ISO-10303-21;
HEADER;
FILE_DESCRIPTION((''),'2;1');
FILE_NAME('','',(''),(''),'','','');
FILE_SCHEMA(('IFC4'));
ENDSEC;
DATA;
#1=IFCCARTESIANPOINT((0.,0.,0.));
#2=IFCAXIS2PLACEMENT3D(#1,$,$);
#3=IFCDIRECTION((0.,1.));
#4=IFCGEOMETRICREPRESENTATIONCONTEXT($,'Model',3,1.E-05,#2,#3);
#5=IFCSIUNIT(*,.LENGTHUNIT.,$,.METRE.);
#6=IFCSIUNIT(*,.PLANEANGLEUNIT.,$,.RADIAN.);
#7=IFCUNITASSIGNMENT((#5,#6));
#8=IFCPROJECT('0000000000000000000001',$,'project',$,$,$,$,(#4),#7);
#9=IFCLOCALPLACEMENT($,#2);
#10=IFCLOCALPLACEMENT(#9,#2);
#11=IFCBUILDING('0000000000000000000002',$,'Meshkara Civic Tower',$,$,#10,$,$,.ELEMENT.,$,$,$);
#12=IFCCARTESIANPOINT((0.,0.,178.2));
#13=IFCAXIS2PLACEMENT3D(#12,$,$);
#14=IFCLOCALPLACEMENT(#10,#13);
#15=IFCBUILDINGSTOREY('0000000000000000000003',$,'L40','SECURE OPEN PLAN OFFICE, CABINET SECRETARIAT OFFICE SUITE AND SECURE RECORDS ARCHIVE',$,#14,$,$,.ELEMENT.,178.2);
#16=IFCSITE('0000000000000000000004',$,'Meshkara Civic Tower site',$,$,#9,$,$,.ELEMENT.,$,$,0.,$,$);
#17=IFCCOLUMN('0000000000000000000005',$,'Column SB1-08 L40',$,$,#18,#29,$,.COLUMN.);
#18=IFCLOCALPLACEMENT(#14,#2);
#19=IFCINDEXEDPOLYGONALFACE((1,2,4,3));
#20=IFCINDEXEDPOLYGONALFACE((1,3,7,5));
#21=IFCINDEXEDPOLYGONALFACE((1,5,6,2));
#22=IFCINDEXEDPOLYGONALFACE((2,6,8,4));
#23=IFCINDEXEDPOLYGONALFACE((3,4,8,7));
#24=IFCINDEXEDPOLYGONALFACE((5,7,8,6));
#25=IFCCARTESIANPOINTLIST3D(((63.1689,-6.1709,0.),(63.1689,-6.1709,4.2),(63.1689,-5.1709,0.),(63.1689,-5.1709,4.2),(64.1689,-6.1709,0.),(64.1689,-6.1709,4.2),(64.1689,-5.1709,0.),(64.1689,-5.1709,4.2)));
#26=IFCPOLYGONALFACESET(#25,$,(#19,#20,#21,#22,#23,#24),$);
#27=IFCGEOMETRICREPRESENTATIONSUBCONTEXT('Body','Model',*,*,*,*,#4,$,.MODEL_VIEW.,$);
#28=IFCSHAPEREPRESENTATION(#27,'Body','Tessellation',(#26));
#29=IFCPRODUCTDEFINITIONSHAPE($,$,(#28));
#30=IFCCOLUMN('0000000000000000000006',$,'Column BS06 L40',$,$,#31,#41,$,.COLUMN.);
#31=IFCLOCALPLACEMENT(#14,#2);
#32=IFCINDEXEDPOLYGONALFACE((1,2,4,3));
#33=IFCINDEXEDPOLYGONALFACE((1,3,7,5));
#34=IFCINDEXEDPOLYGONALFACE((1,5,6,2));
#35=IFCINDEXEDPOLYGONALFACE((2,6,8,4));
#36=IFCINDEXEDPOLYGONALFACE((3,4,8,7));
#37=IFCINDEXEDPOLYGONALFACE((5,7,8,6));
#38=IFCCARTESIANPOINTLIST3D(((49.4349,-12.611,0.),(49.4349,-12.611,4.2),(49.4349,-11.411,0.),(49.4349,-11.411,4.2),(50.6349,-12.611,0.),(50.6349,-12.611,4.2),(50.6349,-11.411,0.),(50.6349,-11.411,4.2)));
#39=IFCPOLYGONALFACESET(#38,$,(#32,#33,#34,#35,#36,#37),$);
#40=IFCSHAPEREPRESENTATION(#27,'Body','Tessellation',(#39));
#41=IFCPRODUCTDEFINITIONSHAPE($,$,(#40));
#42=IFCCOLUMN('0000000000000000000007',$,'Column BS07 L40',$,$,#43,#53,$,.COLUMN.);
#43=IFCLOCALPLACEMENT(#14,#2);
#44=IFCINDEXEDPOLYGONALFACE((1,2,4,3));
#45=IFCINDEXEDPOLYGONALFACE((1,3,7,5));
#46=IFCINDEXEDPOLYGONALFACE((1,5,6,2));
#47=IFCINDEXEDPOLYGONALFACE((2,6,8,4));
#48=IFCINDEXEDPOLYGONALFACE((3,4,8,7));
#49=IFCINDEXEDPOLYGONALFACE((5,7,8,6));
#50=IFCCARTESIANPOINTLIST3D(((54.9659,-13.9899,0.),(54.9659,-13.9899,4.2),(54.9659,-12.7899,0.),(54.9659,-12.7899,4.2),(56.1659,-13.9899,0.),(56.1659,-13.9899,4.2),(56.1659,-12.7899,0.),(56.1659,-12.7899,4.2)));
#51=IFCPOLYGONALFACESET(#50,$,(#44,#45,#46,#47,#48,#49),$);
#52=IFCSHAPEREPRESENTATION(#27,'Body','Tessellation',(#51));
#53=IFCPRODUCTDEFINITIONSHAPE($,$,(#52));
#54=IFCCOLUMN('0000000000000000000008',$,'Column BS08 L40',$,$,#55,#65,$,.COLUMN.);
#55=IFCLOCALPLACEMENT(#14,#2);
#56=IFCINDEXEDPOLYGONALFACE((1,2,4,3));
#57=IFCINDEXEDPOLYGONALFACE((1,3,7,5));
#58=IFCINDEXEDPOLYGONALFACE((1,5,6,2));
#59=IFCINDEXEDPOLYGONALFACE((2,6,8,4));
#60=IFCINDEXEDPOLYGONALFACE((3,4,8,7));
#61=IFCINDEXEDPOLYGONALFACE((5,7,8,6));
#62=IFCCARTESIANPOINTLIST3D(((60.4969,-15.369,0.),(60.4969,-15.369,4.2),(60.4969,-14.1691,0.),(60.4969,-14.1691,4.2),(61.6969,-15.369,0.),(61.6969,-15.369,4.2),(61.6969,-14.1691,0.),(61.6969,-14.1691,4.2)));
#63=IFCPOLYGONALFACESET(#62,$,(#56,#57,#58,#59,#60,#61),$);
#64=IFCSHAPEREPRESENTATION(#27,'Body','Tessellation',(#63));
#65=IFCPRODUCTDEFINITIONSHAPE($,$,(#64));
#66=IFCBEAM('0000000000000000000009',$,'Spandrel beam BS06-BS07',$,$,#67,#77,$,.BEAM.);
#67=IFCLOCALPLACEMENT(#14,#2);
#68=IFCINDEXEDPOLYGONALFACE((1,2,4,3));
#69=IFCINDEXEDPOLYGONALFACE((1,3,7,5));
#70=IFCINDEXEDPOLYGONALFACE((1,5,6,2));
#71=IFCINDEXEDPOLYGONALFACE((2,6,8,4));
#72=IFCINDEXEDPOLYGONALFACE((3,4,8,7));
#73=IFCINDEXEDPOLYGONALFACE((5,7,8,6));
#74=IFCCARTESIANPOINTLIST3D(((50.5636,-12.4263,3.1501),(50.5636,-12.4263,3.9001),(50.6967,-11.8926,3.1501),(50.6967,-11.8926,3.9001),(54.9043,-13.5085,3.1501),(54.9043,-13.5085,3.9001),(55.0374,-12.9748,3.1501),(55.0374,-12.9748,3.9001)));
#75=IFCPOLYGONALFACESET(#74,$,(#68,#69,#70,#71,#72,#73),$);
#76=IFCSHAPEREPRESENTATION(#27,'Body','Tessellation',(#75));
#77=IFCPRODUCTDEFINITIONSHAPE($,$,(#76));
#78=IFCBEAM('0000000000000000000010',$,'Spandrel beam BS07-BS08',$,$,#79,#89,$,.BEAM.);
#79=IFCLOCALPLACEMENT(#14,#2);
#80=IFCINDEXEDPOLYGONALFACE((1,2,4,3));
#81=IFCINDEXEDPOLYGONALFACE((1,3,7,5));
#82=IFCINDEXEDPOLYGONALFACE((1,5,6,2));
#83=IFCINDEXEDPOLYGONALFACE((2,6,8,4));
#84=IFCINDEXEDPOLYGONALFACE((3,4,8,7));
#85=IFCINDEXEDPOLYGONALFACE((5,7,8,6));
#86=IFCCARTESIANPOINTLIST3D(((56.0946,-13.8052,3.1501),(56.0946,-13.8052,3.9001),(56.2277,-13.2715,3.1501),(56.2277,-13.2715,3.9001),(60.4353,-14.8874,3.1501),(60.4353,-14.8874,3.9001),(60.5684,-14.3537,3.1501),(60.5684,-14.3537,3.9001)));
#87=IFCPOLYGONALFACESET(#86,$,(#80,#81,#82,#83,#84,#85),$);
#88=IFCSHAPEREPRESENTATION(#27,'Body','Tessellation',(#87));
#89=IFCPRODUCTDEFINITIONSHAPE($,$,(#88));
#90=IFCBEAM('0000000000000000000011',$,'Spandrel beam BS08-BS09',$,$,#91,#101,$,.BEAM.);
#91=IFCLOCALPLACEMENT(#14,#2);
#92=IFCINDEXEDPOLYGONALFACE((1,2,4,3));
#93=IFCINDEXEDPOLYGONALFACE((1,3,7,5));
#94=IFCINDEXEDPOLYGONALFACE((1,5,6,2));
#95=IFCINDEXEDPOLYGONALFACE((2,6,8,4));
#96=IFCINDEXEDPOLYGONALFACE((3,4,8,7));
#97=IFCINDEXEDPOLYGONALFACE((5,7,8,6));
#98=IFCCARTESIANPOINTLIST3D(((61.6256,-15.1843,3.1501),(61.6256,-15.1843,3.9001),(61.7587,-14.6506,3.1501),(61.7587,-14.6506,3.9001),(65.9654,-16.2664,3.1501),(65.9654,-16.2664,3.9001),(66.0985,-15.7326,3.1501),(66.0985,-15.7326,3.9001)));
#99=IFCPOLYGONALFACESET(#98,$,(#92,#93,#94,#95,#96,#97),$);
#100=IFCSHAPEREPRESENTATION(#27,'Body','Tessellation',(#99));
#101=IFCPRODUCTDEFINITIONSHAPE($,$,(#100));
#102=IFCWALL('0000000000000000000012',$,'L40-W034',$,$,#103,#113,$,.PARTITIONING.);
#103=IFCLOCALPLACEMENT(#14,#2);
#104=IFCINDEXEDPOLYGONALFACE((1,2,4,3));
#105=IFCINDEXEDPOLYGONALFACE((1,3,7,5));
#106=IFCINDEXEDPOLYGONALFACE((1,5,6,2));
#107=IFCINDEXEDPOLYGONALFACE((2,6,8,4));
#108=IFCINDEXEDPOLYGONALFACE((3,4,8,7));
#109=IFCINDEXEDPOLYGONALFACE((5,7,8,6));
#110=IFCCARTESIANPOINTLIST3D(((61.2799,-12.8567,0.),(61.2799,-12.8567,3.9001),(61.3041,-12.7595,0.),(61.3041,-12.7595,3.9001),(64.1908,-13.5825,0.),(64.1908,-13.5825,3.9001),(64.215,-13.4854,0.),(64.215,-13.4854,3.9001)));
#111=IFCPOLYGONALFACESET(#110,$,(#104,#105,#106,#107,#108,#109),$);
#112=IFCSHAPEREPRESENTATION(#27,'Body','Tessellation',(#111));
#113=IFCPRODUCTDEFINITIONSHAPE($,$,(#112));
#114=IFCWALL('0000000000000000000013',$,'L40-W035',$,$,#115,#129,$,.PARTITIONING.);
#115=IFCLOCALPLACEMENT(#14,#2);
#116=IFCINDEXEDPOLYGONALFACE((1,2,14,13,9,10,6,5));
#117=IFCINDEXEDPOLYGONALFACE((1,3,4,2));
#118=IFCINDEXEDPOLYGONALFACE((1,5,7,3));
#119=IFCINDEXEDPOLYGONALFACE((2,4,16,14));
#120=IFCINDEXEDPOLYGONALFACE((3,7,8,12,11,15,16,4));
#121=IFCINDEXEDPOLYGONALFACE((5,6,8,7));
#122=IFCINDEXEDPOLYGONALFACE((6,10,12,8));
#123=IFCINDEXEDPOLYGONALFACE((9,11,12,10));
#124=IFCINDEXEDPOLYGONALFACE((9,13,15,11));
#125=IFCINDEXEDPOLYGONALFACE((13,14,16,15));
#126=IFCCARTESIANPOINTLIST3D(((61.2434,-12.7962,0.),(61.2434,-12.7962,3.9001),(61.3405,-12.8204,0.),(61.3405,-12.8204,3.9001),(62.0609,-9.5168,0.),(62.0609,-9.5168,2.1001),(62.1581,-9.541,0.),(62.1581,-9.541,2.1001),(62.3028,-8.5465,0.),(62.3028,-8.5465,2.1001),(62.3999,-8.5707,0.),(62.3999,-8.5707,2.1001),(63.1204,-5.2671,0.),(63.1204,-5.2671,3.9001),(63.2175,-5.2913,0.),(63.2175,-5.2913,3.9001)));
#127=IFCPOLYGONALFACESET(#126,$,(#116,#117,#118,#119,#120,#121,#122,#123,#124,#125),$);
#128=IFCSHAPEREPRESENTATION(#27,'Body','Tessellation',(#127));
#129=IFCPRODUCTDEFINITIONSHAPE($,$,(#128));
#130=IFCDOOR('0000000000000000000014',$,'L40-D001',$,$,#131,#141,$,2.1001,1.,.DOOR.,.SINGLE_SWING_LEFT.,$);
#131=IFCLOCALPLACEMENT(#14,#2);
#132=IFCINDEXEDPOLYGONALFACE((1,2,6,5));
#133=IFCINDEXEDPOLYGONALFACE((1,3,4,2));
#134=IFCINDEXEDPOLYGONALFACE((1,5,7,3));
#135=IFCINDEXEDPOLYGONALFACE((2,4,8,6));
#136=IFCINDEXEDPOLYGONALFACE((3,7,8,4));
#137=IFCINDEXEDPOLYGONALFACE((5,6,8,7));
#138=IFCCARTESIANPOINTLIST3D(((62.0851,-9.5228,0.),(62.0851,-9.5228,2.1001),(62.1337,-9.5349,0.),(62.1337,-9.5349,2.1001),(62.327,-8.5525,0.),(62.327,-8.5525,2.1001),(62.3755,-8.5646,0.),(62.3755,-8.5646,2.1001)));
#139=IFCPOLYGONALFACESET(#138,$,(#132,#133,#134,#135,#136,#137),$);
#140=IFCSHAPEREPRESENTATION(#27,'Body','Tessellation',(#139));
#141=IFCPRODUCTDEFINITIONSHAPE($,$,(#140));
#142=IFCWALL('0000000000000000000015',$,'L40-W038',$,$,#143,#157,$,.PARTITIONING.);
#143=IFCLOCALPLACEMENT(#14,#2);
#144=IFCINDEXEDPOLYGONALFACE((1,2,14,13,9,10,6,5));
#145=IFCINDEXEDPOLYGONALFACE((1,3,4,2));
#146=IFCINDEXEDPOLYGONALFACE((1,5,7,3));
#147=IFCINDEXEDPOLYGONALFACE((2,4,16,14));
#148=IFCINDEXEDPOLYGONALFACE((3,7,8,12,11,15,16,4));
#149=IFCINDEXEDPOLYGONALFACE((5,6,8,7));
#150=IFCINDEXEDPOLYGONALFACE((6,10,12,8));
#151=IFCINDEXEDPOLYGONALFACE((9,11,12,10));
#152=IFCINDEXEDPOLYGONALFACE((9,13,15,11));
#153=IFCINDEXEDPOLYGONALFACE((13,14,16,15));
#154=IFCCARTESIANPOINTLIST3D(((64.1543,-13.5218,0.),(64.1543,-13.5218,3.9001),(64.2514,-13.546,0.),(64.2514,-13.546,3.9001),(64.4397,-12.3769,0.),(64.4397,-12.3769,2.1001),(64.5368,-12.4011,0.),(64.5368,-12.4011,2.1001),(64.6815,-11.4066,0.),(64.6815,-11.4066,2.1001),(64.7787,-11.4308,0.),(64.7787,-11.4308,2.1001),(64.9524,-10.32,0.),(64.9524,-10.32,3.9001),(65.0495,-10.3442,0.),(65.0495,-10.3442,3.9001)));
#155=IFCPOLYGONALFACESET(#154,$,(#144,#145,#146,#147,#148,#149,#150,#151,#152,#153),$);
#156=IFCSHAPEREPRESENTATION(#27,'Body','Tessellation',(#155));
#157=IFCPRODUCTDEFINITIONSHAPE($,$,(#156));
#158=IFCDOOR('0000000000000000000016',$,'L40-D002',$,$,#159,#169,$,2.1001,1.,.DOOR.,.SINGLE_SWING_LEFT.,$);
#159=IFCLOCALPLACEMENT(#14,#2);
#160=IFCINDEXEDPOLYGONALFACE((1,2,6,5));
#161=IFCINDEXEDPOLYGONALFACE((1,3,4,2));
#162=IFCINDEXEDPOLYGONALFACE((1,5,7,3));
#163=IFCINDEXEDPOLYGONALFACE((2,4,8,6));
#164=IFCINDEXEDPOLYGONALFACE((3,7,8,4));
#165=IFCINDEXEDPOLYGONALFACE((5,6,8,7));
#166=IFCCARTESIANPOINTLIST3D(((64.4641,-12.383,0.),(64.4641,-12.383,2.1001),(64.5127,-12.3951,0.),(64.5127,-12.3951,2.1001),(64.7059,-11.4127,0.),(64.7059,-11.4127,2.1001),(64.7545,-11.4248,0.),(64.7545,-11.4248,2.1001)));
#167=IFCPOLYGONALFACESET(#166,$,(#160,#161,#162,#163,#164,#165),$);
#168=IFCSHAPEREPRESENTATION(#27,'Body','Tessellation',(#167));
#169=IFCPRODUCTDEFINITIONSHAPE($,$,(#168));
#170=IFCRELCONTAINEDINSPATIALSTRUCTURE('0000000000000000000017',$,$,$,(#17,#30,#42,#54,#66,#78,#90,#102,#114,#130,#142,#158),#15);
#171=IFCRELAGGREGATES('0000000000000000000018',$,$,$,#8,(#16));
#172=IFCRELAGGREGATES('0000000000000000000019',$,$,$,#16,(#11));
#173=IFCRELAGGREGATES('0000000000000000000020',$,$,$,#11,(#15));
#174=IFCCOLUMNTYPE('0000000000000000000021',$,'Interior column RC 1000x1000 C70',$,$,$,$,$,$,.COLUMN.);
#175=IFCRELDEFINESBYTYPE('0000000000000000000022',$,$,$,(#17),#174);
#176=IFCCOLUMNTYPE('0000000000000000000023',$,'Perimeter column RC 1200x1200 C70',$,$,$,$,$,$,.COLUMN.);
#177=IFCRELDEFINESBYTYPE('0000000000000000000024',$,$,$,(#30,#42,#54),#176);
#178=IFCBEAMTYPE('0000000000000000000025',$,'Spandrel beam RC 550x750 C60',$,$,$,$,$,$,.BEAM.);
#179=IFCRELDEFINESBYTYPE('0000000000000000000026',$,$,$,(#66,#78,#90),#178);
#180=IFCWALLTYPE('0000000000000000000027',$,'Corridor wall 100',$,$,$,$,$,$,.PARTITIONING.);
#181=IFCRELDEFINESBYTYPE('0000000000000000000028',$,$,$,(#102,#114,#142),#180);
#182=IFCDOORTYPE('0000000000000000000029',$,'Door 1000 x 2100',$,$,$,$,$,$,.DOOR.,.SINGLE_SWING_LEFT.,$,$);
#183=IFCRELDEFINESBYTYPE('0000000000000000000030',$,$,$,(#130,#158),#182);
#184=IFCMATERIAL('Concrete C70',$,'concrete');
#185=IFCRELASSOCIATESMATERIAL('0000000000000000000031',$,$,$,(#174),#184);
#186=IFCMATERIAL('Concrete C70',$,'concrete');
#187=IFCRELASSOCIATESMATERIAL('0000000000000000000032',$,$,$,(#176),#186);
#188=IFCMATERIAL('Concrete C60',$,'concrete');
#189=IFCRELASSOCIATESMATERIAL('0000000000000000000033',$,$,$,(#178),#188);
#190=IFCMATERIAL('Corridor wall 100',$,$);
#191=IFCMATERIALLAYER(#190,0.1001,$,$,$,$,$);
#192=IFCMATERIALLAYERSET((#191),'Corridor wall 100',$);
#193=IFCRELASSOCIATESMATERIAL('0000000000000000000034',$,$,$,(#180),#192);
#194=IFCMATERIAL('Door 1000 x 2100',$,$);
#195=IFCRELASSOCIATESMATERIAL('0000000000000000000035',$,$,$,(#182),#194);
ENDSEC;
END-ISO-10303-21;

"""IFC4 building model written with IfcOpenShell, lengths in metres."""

from ifc_helpers import new_model, si_unit, direction, frame, frame_2d, origin, origin_2d, place, context, subcontext, project, spatial, rectangle, extrude, material, layer, layer_set, material_profile, profile_set, type_object, element, fill, save


model = new_model("IFC4")

# Units and contexts
model_context = context("Model", 3, precision=1e-05, world=origin(), true_north=direction((0.0, 1.0)))
body_context = subcontext(model_context, "Body", "Model", "MODEL_VIEW")
ifc_project = project(units=[si_unit("LENGTHUNIT", "METRE"), si_unit("PLANEANGLEUNIT", "RADIAN")], contexts=[model_context])

# Site, building, storey
site_placement = place(None, origin())
site = spatial("IfcSite", under=ifc_project, at=site_placement, Name="Meshkara Civic Tower site", CompositionType="ELEMENT", RefElevation=0.0)
building_placement = place(site_placement, origin())
building = spatial("IfcBuilding", under=site, at=building_placement, Name="Meshkara Civic Tower", CompositionType="ELEMENT")
storey_placement = place(building_placement, frame((0.0, 0.0, 178.2)))
storey = spatial("IfcBuildingStorey", under=building, at=storey_placement, Name="L40", Description="SECURE OPEN PLAN OFFICE, CABINET SECRETARIAT OFFICE SUITE AND SECURE RECORDS ARCHIVE", CompositionType="ELEMENT", Elevation=178.2)

# Columns
ifc_material_1 = material(Name="Concrete C70", Category="concrete")
ifc_material_profile_1 = material_profile(ifc_material_1, rectangle(XDim=1.0, YDim=1.0, at=origin_2d()))
ifc_profile_set_1 = profile_set([ifc_material_profile_1], Name="Concrete C70")
column_type_1 = type_object("IfcColumnType", Name="Interior column RC 1000x1000 C70", PredefinedType="COLUMN", material=ifc_profile_set_1)
column_placement = place(storey_placement, frame((63.6689, -5.6709, 0.0), z_axis=(0.0, 0.0, 1.0), x_axis=(1.0, 0.0, 0.0)))
element("IfcColumn", 1, at=column_placement, inside=storey, type_object=column_type_1, Name="Column SB1-08 L40", PredefinedType="COLUMN", context=body_context, shape_type="SweptSolid", body=[
    extrude(rectangle(XDim=1.0, YDim=1.0, at=origin_2d()), origin(), (0.0, 0.0, 1.0), 4.2),
])
ifc_material_2 = material(Name="Concrete C70", Category="concrete")
ifc_material_profile_2 = material_profile(ifc_material_2, rectangle(XDim=1.2, YDim=1.2, at=origin_2d()))
ifc_profile_set_2 = profile_set([ifc_material_profile_2], Name="Concrete C70")
column_type_2 = type_object("IfcColumnType", Name="Perimeter column RC 1200x1200 C70", PredefinedType="COLUMN", material=ifc_profile_set_2)
for number, where, z_axis, x_axis, name in (
    (2, (50.0349, -12.011, 0.0), (0.0, 0.0, 1.0), (1.0, 0.0, 0.0), "Column BS06 L40"),
    (3, (55.5659, -13.3899, 0.0), (0.0, 0.0, 1.0), (1.0, 0.0, 0.0), "Column BS07 L40"),
    (4, (61.0969, -14.769, 0.0), (0.0, 0.0, 1.0), (1.0, 0.0, 0.0), "Column BS08 L40"),
):
    element("IfcColumn", number, at=place(storey_placement, frame(where, z_axis=z_axis, x_axis=x_axis)), inside=storey, type_object=column_type_2, Name=name, PredefinedType="COLUMN", context=body_context, shape_type="SweptSolid", body=[
        extrude(rectangle(XDim=1.2, YDim=1.2, at=origin_2d()), origin(), (0.0, 0.0, 1.0), 4.2),
    ])

# Beams
ifc_material_3 = material(Name="Concrete C60", Category="concrete")
ifc_material_profile_3 = material_profile(ifc_material_3, rectangle(XDim=0.55, YDim=0.75, at=origin_2d()))
ifc_profile_set_3 = profile_set([ifc_material_profile_3], Name="Concrete C60")
beam_type = type_object("IfcBeamType", Name="Spandrel beam RC 550x750 C60", PredefinedType="BEAM", material=ifc_profile_set_3)
for number, where, z_axis, x_axis, name in (
    (5, (50.6301, -12.1594, 3.5251), (0.970296, -0.241919, 0.0), (0.241919, 0.970296, 0.0), "Spandrel beam BS06-BS07"),
    (6, (56.1611, -13.5383, 3.5251), (0.970296, -0.241919, 0.0), (0.241919, 0.970296, 0.0), "Spandrel beam BS07-BS08"),
):
    element("IfcBeam", number, at=place(storey_placement, frame(where, z_axis=z_axis, x_axis=x_axis)), inside=storey, type_object=beam_type, Name=name, PredefinedType="BEAM", context=body_context, shape_type="SweptSolid", body=[
        extrude(rectangle(XDim=0.55, YDim=0.75, at=origin_2d()), origin(), (0.0, 0.0, 1.0), 4.4736),
    ])
beam_placement = place(storey_placement, frame((61.6921, -14.9175, 3.5251), z_axis=(0.970296, -0.241919, 0.0), x_axis=(0.241919, 0.970296, 0.0)))
element("IfcBeam", 7, at=beam_placement, inside=storey, type_object=beam_type, Name="Spandrel beam BS08-BS09", PredefinedType="BEAM", context=body_context, shape_type="SweptSolid", body=[
    extrude(rectangle(XDim=0.55, YDim=0.75, at=origin_2d()), origin(), (0.0, 0.0, 1.0), 4.4727),
])

# Wall
ifc_material_4 = material(Name="Corridor wall 100")
ifc_layer_1 = layer(ifc_material_4, 0.1001)
ifc_layer_set_1 = layer_set([ifc_layer_1], Name="Corridor wall 100")
wall_type_1 = type_object("IfcWallType", Name="Corridor wall 100", PredefinedType="PARTITIONING", material=ifc_layer_set_1)
wall_1_placement = place(storey_placement, frame((61.292, -12.8081, 0.0), z_axis=(0.0, 0.0, 1.0), x_axis=(0.970291, -0.241942, 0.0)))
element("IfcWall", 8, at=wall_1_placement, inside=storey, type_object=wall_type_1, Name="L40-W034", PredefinedType="PARTITIONING", context=body_context, shape_type="SweptSolid", body=[
    extrude(rectangle(XDim=3.0, YDim=0.1001, at=frame_2d((1.5, 0.0))), origin(), (0.0, 0.0, 1.0), 3.9001),
])

# Walls, openings, doors
wall_2_placement = place(storey_placement, frame((63.1689, -5.2791, 0.0), z_axis=(0.0, 0.0, 1.0), x_axis=(-0.241891, -0.970303, 0.0)))
wall_2 = element("IfcWall", 9, at=wall_2_placement, inside=storey, type_object=wall_type_1, Name="L40-W035", PredefinedType="PARTITIONING", context=body_context, shape_type="SweptSolid", body=[
    extrude(rectangle(XDim=7.7595, YDim=0.1001, at=frame_2d((3.8799, 0.0))), origin(), (0.0, 0.0, 1.0), 3.9001),
])
opening_1_placement = place(wall_2_placement, frame((3.3799, 0.0, 0.0)))
opening_1 = element("IfcOpeningElement", 10, at=opening_1_placement, cuts=wall_2, PredefinedType="OPENING", context=body_context, shape_type="SweptSolid", body=[
    extrude(rectangle(XDim=1.0, YDim=2.1001, at=frame_2d((0.5, 1.05))), frame((0.0, 0.0601, 0.0), z_axis=(0.0, -1.0, 0.0), x_axis=(1.0, 0.0, 0.0)), (0.0, 0.0, 1.0), 0.1201),
])
ifc_material_5 = material(Name="Door 1000 x 2100")
door_type = type_object("IfcDoorType", Name="Door 1000 x 2100", OperationType="SINGLE_SWING_LEFT", PredefinedType="DOOR", material=ifc_material_5)
door_1_placement = place(opening_1_placement, origin())
door_1 = element("IfcDoor", 11, at=door_1_placement, inside=storey, type_object=door_type, Name="L40-D001", OperationType="SINGLE_SWING_LEFT", OverallHeight=2.1001, OverallWidth=1.0, PredefinedType="DOOR", context=body_context, shape_type="SweptSolid", body=[
    extrude(rectangle(XDim=1.0, YDim=2.1001, at=frame_2d((0.5, 1.05))), frame((0.0, 0.0249, 0.0), z_axis=(0.0, -1.0, 0.0), x_axis=(1.0, 0.0, 0.0)), (0.0, 0.0, 1.0), 0.05),
])
fill(opening_1, door_1)
wall_3_placement = place(storey_placement, frame((64.2029, -13.5339, 0.0), z_axis=(0.0, 0.0, 1.0), x_axis=(0.241857, 0.970312, 0.0)))
wall_3 = element("IfcWall", 12, at=wall_3_placement, inside=storey, type_object=wall_type_1, Name="L40-W038", PredefinedType="PARTITIONING", context=body_context, shape_type="SweptSolid", body=[
    extrude(rectangle(XDim=3.2998, YDim=0.1001, at=frame_2d((1.6499, 0.0))), origin(), (0.0, 0.0, 1.0), 3.9001),
])
opening_2_placement = place(wall_3_placement, frame((1.1799, 0.0, 0.0)))
opening_2 = element("IfcOpeningElement", 13, at=opening_2_placement, cuts=wall_3, PredefinedType="OPENING", context=body_context, shape_type="SweptSolid", body=[
    extrude(rectangle(XDim=1.0, YDim=2.1001, at=frame_2d((0.5, 1.05))), frame((0.0, 0.0601, 0.0), z_axis=(0.0, -1.0, 0.0), x_axis=(1.0, 0.0, 0.0)), (0.0, 0.0, 1.0), 0.1201),
])
door_2_placement = place(opening_2_placement, origin())
door_2 = element("IfcDoor", 14, at=door_2_placement, inside=storey, type_object=door_type, Name="L40-D002", OperationType="SINGLE_SWING_LEFT", OverallHeight=2.1001, OverallWidth=1.0, PredefinedType="DOOR", context=body_context, shape_type="SweptSolid", body=[
    extrude(rectangle(XDim=1.0, YDim=2.1001, at=frame_2d((0.5, 1.05))), frame((0.0, 0.0249, 0.0), z_axis=(0.0, -1.0, 0.0), x_axis=(1.0, 0.0, 0.0)), (0.0, 0.0, 1.0), 0.05),
])
fill(opening_2, door_2)

save(model, "model.ifc")
